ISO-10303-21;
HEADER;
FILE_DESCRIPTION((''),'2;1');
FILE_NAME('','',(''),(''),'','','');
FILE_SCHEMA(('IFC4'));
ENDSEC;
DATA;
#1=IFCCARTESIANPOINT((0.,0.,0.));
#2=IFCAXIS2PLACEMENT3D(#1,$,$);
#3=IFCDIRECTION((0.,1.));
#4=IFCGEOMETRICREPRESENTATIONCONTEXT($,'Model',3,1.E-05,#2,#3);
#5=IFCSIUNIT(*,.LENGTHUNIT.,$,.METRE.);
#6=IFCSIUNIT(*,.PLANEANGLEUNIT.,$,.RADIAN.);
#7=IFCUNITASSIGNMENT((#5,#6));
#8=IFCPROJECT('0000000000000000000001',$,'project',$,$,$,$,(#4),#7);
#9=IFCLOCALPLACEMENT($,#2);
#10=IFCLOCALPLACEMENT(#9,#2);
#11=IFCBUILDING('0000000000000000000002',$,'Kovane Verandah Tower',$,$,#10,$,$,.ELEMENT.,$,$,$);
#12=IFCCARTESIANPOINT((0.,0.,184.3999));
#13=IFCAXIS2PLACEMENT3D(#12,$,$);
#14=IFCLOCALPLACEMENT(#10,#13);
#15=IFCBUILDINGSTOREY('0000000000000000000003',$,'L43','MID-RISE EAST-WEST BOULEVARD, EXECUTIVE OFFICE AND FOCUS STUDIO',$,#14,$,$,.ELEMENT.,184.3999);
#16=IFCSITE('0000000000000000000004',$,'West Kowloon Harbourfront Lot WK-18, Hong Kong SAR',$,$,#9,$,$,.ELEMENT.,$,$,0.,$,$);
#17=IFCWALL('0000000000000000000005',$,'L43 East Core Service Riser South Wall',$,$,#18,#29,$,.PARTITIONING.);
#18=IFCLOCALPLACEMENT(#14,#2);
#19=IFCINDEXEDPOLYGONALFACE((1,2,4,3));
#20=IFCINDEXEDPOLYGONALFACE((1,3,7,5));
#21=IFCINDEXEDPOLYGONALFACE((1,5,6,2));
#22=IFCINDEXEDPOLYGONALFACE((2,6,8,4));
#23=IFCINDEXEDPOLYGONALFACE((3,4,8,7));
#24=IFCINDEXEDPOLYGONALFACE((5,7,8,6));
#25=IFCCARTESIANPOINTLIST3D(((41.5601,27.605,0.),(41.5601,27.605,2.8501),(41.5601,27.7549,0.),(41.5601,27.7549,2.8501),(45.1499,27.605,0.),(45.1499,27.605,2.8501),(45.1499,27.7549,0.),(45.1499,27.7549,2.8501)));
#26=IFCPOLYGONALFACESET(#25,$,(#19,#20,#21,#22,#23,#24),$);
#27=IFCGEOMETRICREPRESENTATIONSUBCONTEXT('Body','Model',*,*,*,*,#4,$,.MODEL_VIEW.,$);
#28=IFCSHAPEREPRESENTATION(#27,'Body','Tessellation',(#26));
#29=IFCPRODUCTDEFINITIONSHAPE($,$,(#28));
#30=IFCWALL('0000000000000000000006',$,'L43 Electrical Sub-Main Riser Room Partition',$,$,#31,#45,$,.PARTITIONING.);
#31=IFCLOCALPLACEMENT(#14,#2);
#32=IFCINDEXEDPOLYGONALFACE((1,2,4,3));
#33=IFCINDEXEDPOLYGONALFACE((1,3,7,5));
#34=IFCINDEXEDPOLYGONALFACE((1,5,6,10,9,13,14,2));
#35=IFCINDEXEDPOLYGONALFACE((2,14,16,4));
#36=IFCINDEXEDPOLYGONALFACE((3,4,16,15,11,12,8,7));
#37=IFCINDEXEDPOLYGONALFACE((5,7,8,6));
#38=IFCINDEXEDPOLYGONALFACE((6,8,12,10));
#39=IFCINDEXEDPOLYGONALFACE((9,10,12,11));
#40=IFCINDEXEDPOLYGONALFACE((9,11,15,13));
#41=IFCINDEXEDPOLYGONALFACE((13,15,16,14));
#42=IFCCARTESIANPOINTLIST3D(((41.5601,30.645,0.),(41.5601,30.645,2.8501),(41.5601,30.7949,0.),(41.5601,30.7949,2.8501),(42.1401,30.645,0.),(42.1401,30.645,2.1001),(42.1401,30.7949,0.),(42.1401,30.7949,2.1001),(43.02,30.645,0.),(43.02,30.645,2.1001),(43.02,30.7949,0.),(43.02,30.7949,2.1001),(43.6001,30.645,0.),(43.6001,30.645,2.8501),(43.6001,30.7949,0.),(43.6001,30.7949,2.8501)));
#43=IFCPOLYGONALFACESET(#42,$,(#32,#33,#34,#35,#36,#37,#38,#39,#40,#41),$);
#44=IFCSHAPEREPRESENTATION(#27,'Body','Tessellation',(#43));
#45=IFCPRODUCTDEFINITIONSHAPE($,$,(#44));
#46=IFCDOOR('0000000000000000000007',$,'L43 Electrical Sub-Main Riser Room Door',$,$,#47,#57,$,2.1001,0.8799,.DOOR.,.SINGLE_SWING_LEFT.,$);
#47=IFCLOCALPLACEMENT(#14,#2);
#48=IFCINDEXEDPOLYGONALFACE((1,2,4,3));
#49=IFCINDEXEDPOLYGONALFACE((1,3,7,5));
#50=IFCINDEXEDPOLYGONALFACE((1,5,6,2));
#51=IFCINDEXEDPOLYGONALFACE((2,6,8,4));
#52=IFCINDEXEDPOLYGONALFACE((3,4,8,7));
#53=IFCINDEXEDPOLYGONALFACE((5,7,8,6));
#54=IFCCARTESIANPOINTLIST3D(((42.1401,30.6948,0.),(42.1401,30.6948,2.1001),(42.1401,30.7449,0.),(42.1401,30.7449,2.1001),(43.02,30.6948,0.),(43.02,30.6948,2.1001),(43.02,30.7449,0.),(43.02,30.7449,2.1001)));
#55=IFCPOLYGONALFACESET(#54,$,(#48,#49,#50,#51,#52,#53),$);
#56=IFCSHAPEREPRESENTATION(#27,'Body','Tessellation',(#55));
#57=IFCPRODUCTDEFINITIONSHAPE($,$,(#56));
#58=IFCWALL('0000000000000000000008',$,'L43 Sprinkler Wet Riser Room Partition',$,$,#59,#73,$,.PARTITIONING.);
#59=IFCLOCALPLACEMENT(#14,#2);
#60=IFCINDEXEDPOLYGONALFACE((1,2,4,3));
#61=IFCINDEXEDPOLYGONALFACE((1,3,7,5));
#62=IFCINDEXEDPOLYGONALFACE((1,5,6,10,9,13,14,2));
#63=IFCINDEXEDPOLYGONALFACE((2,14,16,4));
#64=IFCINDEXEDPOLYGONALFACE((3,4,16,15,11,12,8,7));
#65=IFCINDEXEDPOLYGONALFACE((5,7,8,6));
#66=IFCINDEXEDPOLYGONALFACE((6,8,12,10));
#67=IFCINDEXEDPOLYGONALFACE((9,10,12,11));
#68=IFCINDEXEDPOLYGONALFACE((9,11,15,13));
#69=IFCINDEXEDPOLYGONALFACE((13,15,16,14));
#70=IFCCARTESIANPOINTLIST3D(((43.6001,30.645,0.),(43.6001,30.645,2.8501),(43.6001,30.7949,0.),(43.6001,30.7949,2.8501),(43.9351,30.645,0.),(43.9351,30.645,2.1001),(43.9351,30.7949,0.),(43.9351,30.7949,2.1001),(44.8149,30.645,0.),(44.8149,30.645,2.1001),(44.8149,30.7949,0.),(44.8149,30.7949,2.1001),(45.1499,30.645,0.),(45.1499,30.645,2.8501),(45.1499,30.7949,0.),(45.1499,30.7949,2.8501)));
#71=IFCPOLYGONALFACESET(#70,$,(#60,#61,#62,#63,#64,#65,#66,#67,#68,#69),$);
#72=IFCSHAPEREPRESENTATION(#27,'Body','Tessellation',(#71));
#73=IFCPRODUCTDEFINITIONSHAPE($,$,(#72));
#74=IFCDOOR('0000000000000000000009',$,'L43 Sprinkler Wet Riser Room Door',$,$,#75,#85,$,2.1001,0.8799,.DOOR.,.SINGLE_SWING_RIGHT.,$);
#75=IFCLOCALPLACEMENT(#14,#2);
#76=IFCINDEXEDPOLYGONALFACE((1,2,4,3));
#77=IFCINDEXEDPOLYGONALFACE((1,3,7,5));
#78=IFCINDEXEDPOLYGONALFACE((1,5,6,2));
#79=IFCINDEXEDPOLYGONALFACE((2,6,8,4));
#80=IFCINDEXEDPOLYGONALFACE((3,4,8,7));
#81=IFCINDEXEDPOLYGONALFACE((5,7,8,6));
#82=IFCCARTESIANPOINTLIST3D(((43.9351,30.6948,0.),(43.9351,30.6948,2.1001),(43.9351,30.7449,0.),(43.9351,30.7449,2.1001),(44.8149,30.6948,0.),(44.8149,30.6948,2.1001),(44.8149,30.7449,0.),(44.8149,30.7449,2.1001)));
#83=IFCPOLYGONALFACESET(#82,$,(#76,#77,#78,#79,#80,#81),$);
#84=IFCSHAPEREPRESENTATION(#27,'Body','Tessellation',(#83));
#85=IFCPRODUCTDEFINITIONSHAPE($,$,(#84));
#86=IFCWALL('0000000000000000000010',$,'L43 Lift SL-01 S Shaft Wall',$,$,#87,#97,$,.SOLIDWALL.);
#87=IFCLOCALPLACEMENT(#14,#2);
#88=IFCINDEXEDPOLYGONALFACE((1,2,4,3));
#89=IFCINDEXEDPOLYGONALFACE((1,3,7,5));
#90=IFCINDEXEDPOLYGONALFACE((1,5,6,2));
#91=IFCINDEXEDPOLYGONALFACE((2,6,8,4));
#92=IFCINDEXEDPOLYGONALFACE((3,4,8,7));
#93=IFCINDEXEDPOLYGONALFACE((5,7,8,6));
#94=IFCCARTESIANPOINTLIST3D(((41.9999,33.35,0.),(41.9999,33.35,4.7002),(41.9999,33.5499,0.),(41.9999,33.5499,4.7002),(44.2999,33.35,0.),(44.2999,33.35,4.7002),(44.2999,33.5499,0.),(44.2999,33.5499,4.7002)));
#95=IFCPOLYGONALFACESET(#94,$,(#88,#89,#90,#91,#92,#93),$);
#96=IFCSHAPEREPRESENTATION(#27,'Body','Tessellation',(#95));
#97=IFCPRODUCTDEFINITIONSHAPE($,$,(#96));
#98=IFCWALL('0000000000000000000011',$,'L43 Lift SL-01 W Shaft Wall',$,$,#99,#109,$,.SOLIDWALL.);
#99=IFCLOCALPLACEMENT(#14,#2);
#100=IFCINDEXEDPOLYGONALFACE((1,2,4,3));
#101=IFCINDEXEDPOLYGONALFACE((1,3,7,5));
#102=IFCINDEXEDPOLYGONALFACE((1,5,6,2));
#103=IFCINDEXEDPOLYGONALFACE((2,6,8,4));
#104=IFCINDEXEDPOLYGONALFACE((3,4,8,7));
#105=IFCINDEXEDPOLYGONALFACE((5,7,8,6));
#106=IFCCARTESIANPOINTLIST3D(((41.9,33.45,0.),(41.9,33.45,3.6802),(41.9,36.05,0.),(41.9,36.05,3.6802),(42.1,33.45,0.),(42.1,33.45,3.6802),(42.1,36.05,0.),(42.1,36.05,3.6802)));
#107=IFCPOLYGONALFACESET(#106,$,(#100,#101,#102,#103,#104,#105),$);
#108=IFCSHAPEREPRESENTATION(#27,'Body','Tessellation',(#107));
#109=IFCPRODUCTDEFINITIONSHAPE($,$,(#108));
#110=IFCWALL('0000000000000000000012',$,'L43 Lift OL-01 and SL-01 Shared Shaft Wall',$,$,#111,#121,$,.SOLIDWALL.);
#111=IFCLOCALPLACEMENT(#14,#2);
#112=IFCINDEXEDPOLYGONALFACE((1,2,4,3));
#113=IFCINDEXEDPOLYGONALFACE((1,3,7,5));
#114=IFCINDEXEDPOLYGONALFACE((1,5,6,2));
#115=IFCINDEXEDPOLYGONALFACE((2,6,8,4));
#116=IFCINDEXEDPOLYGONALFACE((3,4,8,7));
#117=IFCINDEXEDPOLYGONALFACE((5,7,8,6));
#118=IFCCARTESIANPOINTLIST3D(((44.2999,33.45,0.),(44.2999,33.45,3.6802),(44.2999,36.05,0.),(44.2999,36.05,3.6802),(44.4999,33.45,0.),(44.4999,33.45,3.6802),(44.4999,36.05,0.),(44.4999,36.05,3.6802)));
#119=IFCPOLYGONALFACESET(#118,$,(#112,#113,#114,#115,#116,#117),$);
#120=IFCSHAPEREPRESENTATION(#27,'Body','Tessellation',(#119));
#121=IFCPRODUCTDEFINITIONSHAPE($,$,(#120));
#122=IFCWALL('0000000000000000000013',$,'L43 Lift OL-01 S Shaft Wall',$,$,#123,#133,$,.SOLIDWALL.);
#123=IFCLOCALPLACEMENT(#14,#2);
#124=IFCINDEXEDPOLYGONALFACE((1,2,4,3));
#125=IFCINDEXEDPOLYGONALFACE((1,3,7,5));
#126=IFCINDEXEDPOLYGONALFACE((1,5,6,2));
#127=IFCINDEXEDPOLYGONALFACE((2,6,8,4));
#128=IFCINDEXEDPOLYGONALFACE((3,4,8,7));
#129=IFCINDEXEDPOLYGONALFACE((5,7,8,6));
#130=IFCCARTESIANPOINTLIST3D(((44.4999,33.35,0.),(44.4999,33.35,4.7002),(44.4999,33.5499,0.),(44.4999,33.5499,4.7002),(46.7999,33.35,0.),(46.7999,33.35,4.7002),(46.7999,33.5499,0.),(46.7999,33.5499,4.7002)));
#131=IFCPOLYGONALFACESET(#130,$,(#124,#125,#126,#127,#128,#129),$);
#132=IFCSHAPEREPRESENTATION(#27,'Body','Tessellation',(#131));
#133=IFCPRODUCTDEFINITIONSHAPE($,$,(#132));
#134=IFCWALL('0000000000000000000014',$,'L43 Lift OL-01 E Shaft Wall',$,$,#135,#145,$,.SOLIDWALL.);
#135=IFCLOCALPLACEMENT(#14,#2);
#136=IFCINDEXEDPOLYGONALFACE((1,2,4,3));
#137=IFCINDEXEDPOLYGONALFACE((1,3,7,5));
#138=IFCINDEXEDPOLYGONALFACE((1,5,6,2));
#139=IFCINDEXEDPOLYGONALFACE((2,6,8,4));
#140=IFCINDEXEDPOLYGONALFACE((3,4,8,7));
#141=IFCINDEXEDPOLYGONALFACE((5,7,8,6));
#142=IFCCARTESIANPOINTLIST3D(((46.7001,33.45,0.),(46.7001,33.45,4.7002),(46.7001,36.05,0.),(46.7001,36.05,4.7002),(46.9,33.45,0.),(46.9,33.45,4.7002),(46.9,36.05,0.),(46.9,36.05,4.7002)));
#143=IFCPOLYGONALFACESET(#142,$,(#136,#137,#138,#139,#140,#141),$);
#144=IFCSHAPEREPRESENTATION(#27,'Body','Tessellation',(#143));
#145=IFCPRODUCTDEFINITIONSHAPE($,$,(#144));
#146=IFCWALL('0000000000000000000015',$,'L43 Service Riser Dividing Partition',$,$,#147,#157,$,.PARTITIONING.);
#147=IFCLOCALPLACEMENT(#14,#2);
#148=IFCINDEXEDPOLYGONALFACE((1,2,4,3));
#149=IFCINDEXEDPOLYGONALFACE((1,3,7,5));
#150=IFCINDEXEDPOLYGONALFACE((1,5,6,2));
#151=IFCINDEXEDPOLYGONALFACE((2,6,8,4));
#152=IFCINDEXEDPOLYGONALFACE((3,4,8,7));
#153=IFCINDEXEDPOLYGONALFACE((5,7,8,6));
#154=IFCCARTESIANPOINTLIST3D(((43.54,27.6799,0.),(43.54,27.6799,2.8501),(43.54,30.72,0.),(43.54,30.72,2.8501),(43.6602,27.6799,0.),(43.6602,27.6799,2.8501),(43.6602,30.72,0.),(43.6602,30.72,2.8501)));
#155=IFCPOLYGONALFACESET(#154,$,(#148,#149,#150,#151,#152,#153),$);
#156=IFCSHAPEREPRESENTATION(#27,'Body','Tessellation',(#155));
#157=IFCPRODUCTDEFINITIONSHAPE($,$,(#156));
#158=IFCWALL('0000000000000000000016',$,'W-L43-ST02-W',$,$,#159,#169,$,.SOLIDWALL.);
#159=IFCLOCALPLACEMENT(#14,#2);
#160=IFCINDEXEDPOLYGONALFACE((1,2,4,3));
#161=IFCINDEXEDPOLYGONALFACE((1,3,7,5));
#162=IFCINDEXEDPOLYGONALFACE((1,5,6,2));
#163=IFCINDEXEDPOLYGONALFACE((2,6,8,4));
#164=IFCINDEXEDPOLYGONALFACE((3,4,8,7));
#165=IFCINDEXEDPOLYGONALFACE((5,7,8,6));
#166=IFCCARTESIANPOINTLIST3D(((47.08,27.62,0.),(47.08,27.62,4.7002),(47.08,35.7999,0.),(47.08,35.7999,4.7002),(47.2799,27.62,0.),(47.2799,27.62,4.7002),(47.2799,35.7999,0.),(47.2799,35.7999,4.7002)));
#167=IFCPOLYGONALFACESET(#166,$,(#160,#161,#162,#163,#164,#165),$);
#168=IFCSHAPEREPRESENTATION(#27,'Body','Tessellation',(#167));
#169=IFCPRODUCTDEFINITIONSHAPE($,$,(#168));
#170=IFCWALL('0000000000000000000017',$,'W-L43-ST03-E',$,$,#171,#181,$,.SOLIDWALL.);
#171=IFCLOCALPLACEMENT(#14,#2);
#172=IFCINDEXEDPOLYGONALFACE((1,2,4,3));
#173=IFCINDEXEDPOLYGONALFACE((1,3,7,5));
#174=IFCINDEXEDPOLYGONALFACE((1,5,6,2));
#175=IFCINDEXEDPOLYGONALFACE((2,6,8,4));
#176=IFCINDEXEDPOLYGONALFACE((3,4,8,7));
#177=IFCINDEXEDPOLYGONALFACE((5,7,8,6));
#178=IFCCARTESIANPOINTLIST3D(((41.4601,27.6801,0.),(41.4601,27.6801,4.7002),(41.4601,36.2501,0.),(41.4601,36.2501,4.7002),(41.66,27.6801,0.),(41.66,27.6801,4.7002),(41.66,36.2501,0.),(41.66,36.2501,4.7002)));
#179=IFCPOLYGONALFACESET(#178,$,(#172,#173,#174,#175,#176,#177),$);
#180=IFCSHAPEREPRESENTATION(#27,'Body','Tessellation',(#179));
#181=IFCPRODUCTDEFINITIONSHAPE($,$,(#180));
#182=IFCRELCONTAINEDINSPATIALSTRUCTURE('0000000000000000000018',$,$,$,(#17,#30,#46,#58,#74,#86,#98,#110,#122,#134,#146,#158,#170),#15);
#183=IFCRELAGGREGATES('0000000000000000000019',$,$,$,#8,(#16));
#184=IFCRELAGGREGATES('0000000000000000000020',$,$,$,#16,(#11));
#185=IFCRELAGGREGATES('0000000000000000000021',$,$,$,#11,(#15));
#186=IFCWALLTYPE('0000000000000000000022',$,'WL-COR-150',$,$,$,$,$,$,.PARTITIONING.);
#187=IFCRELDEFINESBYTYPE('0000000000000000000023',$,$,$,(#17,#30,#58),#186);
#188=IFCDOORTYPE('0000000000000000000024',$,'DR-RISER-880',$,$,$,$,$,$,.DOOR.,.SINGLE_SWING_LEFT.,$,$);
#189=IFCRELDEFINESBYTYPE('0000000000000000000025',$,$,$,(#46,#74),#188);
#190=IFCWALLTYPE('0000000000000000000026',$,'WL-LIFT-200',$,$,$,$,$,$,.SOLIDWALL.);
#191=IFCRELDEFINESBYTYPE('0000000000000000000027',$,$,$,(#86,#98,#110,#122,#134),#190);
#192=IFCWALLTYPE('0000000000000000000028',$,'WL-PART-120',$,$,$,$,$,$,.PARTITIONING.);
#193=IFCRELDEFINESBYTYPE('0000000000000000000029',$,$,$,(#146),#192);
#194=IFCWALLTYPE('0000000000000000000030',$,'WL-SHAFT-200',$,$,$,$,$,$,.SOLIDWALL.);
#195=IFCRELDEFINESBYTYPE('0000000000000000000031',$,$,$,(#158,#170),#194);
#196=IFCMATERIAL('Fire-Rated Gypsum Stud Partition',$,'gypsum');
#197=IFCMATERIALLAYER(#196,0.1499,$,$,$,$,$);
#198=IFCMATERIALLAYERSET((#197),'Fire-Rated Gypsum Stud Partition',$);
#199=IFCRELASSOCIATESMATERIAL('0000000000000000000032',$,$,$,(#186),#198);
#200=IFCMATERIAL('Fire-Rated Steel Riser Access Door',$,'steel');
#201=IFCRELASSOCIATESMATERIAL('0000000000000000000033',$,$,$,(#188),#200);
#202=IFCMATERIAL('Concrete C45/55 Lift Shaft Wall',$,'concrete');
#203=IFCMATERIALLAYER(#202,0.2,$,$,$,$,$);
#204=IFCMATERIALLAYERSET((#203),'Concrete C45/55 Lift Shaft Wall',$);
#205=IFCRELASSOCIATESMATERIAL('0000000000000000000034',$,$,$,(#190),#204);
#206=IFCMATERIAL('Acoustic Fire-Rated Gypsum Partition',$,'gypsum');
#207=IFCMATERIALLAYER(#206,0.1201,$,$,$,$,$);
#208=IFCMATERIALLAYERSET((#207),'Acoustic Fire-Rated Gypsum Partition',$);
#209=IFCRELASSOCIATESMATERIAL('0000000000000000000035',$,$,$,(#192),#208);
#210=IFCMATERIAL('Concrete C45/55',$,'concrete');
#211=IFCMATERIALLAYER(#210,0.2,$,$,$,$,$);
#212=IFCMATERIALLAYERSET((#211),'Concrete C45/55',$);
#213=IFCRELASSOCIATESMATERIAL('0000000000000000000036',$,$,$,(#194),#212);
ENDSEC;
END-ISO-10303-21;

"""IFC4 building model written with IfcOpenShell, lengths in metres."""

from ifc_helpers import new_model, si_unit, direction, frame, frame_2d, origin, place, context, subcontext, project, spatial, rectangle, extrude, material, layer, layer_set, type_object, element, fill, save


model = new_model("IFC4")

# Units and contexts
model_context = context("Model", 3, precision=1e-05, world=origin(), true_north=direction((0.0, 1.0)))
body_context = subcontext(model_context, "Body", "Model", "MODEL_VIEW")
ifc_project = project(units=[si_unit("LENGTHUNIT", "METRE"), si_unit("PLANEANGLEUNIT", "RADIAN")], contexts=[model_context])

# Site, building, storey
site_placement = place(None, origin())
site = spatial("IfcSite", under=ifc_project, at=site_placement, Name="West Kowloon Harbourfront Lot WK-18, Hong Kong SAR", CompositionType="ELEMENT", RefElevation=0.0)
building_placement = place(site_placement, origin())
building = spatial("IfcBuilding", under=site, at=building_placement, Name="Kovane Verandah Tower", CompositionType="ELEMENT")
storey_placement = place(building_placement, frame((0.0, 0.0, 184.3999)))
storey = spatial("IfcBuildingStorey", under=building, at=storey_placement, Name="L43", Description="MID-RISE EAST-WEST BOULEVARD, EXECUTIVE OFFICE AND FOCUS STUDIO", CompositionType="ELEMENT", Elevation=184.3999)

# Wall
ifc_material_1 = material(Name="Fire-Rated Gypsum Stud Partition", Category="gypsum")
ifc_layer_1 = layer(ifc_material_1, 0.1499)
ifc_layer_set_1 = layer_set([ifc_layer_1], Name="Fire-Rated Gypsum Stud Partition")
wall_type_1 = type_object("IfcWallType", Name="WL-COR-150", PredefinedType="PARTITIONING", material=ifc_layer_set_1)
wall_1_placement = place(storey_placement, frame((41.5601, 27.6799, 0.0), z_axis=(0.0, 0.0, 1.0), x_axis=(1.0, 0.0, 0.0)))
element("IfcWall", 1, at=wall_1_placement, inside=storey, type_object=wall_type_1, Name="L43 East Core Service Riser South Wall", PredefinedType="PARTITIONING", context=body_context, shape_type="SweptSolid", body=[
    extrude(rectangle(XDim=3.5898, YDim=0.1499, at=frame_2d((1.7949, 0.0))), origin(), (0.0, 0.0, 1.0), 2.8501),
])

# Walls, openings, doors
wall_2_placement = place(storey_placement, frame((41.5601, 30.72, 0.0), z_axis=(0.0, 0.0, 1.0), x_axis=(1.0, 0.0, 0.0)))
wall_2 = element("IfcWall", 2, at=wall_2_placement, inside=storey, type_object=wall_type_1, Name="L43 Electrical Sub-Main Riser Room Partition", PredefinedType="PARTITIONING", context=body_context, shape_type="SweptSolid", body=[
    extrude(rectangle(XDim=2.04, YDim=0.1499, at=frame_2d((1.02, 0.0))), origin(), (0.0, 0.0, 1.0), 2.8501),
])
opening_1_placement = place(wall_2_placement, frame((0.5801, 0.0, 0.0)))
opening_1 = element("IfcOpeningElement", 3, at=opening_1_placement, cuts=wall_2, PredefinedType="OPENING", context=body_context, shape_type="SweptSolid", body=[
    extrude(rectangle(XDim=0.8799, YDim=2.1001, at=frame_2d((0.4399, 1.05))), frame((0.0, 0.075, 0.0), z_axis=(0.0, -1.0, 0.0), x_axis=(1.0, 0.0, 0.0)), (0.0, 0.0, 1.0), 0.1499),
])
ifc_material_2 = material(Name="Fire-Rated Steel Riser Access Door", Category="steel")
door_type_1 = type_object("IfcDoorType", Name="DR-RISER-880", OperationType="SINGLE_SWING_LEFT", PredefinedType="DOOR", material=ifc_material_2)
door_1_placement = place(opening_1_placement, origin())
door_1 = element("IfcDoor", 4, at=door_1_placement, inside=storey, type_object=door_type_1, Name="L43 Electrical Sub-Main Riser Room Door", OperationType="SINGLE_SWING_LEFT", OverallHeight=2.1001, OverallWidth=0.8799, PredefinedType="DOOR", context=body_context, shape_type="SweptSolid", body=[
    extrude(rectangle(XDim=0.8799, YDim=2.1001, at=frame_2d((0.4399, 1.05))), frame((0.0, 0.0249, 0.0), z_axis=(0.0, -1.0, 0.0), x_axis=(1.0, 0.0, 0.0)), (0.0, 0.0, 1.0), 0.05),
])
fill(opening_1, door_1)
wall_3_placement = place(storey_placement, frame((43.6001, 30.72, 0.0), z_axis=(0.0, 0.0, 1.0), x_axis=(1.0, 0.0, 0.0)))
wall_3 = element("IfcWall", 5, at=wall_3_placement, inside=storey, type_object=wall_type_1, Name="L43 Sprinkler Wet Riser Room Partition", PredefinedType="PARTITIONING", context=body_context, shape_type="SweptSolid", body=[
    extrude(rectangle(XDim=1.5498, YDim=0.1499, at=frame_2d((0.7749, 0.0))), origin(), (0.0, 0.0, 1.0), 2.8501),
])
opening_2_placement = place(wall_3_placement, frame((0.335, 0.0, 0.0)))
opening_2 = element("IfcOpeningElement", 6, at=opening_2_placement, cuts=wall_3, PredefinedType="OPENING", context=body_context, shape_type="SweptSolid", body=[
    extrude(rectangle(XDim=0.8799, YDim=2.1001, at=frame_2d((0.4399, 1.05))), frame((0.0, 0.075, 0.0), z_axis=(0.0, -1.0, 0.0), x_axis=(1.0, 0.0, 0.0)), (0.0, 0.0, 1.0), 0.1499),
])
door_2_placement = place(opening_2_placement, origin())
door_2 = element("IfcDoor", 7, at=door_2_placement, inside=storey, type_object=door_type_1, Name="L43 Sprinkler Wet Riser Room Door", OperationType="SINGLE_SWING_RIGHT", OverallHeight=2.1001, OverallWidth=0.8799, PredefinedType="DOOR", context=body_context, shape_type="SweptSolid", body=[
    extrude(rectangle(XDim=0.8799, YDim=2.1001, at=frame_2d((0.4399, 1.05))), frame((0.0, 0.0249, 0.0), z_axis=(0.0, -1.0, 0.0), x_axis=(1.0, 0.0, 0.0)), (0.0, 0.0, 1.0), 0.05),
])
fill(opening_2, door_2)

# Walls
ifc_material_3 = material(Name="Concrete C45/55 Lift Shaft Wall", Category="concrete")
ifc_layer_2 = layer(ifc_material_3, 0.2)
ifc_layer_set_2 = layer_set([ifc_layer_2], Name="Concrete C45/55 Lift Shaft Wall")
wall_type_2 = type_object("IfcWallType", Name="WL-LIFT-200", PredefinedType="SOLIDWALL", material=ifc_layer_set_2)
wall_4_placement = place(storey_placement, frame((42.0, 33.45, 0.0), z_axis=(0.0, 0.0, 1.0), x_axis=(1.0, 0.0, 0.0)))
element("IfcWall", 8, at=wall_4_placement, inside=storey, type_object=wall_type_2, Name="L43 Lift SL-01 S Shaft Wall", PredefinedType="SOLIDWALL", context=body_context, shape_type="SweptSolid", body=[
    extrude(rectangle(XDim=2.3, YDim=0.2, at=frame_2d((1.1499, 0.0))), origin(), (0.0, 0.0, 1.0), 4.7002),
])
for number, where, z_axis, x_axis, name in (
    (9, (42.0, 36.05, 0.0), (0.0, 0.0, 1.0), (0.0, -1.0, 0.0), "L43 Lift SL-01 W Shaft Wall"),
    (10, (44.3999, 33.45, 0.0), (0.0, 0.0, 1.0), (0.0, 1.0, 0.0), "L43 Lift OL-01 and SL-01 Shared Shaft Wall"),
):
    element("IfcWall", number, at=place(storey_placement, frame(where, z_axis=z_axis, x_axis=x_axis)), inside=storey, type_object=wall_type_2, Name=name, PredefinedType="SOLIDWALL", context=body_context, shape_type="SweptSolid", body=[
        extrude(rectangle(XDim=2.6001, YDim=0.2, at=frame_2d((1.3, 0.0))), origin(), (0.0, 0.0, 1.0), 3.6802),
    ])
wall_5_placement = place(storey_placement, frame((44.5, 33.45, 0.0), z_axis=(0.0, 0.0, 1.0), x_axis=(1.0, 0.0, 0.0)))
element("IfcWall", 11, at=wall_5_placement, inside=storey, type_object=wall_type_2, Name="L43 Lift OL-01 S Shaft Wall", PredefinedType="SOLIDWALL", context=body_context, shape_type="SweptSolid", body=[
    extrude(rectangle(XDim=2.3, YDim=0.2, at=frame_2d((1.1499, 0.0))), origin(), (0.0, 0.0, 1.0), 4.7002),
])
wall_6_placement = place(storey_placement, frame((46.8, 33.45, 0.0), z_axis=(0.0, 0.0, 1.0), x_axis=(0.0, 1.0, 0.0)))
element("IfcWall", 12, at=wall_6_placement, inside=storey, type_object=wall_type_2, Name="L43 Lift OL-01 E Shaft Wall", PredefinedType="SOLIDWALL", context=body_context, shape_type="SweptSolid", body=[
    extrude(rectangle(XDim=2.6001, YDim=0.2, at=frame_2d((1.3, 0.0))), origin(), (0.0, 0.0, 1.0), 4.7002),
])
ifc_material_4 = material(Name="Acoustic Fire-Rated Gypsum Partition", Category="gypsum")
ifc_layer_3 = layer(ifc_material_4, 0.1201)
ifc_layer_set_3 = layer_set([ifc_layer_3], Name="Acoustic Fire-Rated Gypsum Partition")
wall_type_3 = type_object("IfcWallType", Name="WL-PART-120", PredefinedType="PARTITIONING", material=ifc_layer_set_3)
wall_7_placement = place(storey_placement, frame((43.6001, 27.6799, 0.0), z_axis=(0.0, 0.0, 1.0), x_axis=(0.0, 1.0, 0.0)))
element("IfcWall", 13, at=wall_7_placement, inside=storey, type_object=wall_type_3, Name="L43 Service Riser Dividing Partition", PredefinedType="PARTITIONING", context=body_context, shape_type="SweptSolid", body=[
    extrude(rectangle(XDim=3.04, YDim=0.1201, at=frame_2d((1.52, 0.0))), origin(), (0.0, 0.0, 1.0), 2.8501),
])
ifc_material_5 = material(Name="Concrete C45/55", Category="concrete")
ifc_layer_4 = layer(ifc_material_5, 0.2)
ifc_layer_set_4 = layer_set([ifc_layer_4], Name="Concrete C45/55")
wall_type_4 = type_object("IfcWallType", Name="WL-SHAFT-200", PredefinedType="SOLIDWALL", material=ifc_layer_set_4)
wall_8_placement = place(storey_placement, frame((47.1799, 27.6201, 0.0), z_axis=(0.0, 0.0, 1.0), x_axis=(0.0, 1.0, 0.0)))
element("IfcWall", 14, at=wall_8_placement, inside=storey, type_object=wall_type_4, Name="W-L43-ST02-W", PredefinedType="SOLIDWALL", context=body_context, shape_type="SweptSolid", body=[
    extrude(rectangle(XDim=8.1799, YDim=0.2, at=frame_2d((4.0898, 0.0))), origin(), (0.0, 0.0, 1.0), 4.7002),
])

# Wall
wall_9_placement = place(storey_placement, frame((41.5601, 27.6799, 0.0), z_axis=(0.0, 0.0, 1.0), x_axis=(0.0, 1.0, 0.0)))
element("IfcWall", 15, at=wall_9_placement, inside=storey, type_object=wall_type_4, Name="W-L43-ST03-E", PredefinedType="SOLIDWALL", context=body_context, shape_type="SweptSolid", body=[
    extrude(rectangle(XDim=8.5701, YDim=0.2, at=frame_2d((4.2852, 0.0))), origin(), (0.0, 0.0, 1.0), 4.7002),
])

save(model, "model.ifc")
